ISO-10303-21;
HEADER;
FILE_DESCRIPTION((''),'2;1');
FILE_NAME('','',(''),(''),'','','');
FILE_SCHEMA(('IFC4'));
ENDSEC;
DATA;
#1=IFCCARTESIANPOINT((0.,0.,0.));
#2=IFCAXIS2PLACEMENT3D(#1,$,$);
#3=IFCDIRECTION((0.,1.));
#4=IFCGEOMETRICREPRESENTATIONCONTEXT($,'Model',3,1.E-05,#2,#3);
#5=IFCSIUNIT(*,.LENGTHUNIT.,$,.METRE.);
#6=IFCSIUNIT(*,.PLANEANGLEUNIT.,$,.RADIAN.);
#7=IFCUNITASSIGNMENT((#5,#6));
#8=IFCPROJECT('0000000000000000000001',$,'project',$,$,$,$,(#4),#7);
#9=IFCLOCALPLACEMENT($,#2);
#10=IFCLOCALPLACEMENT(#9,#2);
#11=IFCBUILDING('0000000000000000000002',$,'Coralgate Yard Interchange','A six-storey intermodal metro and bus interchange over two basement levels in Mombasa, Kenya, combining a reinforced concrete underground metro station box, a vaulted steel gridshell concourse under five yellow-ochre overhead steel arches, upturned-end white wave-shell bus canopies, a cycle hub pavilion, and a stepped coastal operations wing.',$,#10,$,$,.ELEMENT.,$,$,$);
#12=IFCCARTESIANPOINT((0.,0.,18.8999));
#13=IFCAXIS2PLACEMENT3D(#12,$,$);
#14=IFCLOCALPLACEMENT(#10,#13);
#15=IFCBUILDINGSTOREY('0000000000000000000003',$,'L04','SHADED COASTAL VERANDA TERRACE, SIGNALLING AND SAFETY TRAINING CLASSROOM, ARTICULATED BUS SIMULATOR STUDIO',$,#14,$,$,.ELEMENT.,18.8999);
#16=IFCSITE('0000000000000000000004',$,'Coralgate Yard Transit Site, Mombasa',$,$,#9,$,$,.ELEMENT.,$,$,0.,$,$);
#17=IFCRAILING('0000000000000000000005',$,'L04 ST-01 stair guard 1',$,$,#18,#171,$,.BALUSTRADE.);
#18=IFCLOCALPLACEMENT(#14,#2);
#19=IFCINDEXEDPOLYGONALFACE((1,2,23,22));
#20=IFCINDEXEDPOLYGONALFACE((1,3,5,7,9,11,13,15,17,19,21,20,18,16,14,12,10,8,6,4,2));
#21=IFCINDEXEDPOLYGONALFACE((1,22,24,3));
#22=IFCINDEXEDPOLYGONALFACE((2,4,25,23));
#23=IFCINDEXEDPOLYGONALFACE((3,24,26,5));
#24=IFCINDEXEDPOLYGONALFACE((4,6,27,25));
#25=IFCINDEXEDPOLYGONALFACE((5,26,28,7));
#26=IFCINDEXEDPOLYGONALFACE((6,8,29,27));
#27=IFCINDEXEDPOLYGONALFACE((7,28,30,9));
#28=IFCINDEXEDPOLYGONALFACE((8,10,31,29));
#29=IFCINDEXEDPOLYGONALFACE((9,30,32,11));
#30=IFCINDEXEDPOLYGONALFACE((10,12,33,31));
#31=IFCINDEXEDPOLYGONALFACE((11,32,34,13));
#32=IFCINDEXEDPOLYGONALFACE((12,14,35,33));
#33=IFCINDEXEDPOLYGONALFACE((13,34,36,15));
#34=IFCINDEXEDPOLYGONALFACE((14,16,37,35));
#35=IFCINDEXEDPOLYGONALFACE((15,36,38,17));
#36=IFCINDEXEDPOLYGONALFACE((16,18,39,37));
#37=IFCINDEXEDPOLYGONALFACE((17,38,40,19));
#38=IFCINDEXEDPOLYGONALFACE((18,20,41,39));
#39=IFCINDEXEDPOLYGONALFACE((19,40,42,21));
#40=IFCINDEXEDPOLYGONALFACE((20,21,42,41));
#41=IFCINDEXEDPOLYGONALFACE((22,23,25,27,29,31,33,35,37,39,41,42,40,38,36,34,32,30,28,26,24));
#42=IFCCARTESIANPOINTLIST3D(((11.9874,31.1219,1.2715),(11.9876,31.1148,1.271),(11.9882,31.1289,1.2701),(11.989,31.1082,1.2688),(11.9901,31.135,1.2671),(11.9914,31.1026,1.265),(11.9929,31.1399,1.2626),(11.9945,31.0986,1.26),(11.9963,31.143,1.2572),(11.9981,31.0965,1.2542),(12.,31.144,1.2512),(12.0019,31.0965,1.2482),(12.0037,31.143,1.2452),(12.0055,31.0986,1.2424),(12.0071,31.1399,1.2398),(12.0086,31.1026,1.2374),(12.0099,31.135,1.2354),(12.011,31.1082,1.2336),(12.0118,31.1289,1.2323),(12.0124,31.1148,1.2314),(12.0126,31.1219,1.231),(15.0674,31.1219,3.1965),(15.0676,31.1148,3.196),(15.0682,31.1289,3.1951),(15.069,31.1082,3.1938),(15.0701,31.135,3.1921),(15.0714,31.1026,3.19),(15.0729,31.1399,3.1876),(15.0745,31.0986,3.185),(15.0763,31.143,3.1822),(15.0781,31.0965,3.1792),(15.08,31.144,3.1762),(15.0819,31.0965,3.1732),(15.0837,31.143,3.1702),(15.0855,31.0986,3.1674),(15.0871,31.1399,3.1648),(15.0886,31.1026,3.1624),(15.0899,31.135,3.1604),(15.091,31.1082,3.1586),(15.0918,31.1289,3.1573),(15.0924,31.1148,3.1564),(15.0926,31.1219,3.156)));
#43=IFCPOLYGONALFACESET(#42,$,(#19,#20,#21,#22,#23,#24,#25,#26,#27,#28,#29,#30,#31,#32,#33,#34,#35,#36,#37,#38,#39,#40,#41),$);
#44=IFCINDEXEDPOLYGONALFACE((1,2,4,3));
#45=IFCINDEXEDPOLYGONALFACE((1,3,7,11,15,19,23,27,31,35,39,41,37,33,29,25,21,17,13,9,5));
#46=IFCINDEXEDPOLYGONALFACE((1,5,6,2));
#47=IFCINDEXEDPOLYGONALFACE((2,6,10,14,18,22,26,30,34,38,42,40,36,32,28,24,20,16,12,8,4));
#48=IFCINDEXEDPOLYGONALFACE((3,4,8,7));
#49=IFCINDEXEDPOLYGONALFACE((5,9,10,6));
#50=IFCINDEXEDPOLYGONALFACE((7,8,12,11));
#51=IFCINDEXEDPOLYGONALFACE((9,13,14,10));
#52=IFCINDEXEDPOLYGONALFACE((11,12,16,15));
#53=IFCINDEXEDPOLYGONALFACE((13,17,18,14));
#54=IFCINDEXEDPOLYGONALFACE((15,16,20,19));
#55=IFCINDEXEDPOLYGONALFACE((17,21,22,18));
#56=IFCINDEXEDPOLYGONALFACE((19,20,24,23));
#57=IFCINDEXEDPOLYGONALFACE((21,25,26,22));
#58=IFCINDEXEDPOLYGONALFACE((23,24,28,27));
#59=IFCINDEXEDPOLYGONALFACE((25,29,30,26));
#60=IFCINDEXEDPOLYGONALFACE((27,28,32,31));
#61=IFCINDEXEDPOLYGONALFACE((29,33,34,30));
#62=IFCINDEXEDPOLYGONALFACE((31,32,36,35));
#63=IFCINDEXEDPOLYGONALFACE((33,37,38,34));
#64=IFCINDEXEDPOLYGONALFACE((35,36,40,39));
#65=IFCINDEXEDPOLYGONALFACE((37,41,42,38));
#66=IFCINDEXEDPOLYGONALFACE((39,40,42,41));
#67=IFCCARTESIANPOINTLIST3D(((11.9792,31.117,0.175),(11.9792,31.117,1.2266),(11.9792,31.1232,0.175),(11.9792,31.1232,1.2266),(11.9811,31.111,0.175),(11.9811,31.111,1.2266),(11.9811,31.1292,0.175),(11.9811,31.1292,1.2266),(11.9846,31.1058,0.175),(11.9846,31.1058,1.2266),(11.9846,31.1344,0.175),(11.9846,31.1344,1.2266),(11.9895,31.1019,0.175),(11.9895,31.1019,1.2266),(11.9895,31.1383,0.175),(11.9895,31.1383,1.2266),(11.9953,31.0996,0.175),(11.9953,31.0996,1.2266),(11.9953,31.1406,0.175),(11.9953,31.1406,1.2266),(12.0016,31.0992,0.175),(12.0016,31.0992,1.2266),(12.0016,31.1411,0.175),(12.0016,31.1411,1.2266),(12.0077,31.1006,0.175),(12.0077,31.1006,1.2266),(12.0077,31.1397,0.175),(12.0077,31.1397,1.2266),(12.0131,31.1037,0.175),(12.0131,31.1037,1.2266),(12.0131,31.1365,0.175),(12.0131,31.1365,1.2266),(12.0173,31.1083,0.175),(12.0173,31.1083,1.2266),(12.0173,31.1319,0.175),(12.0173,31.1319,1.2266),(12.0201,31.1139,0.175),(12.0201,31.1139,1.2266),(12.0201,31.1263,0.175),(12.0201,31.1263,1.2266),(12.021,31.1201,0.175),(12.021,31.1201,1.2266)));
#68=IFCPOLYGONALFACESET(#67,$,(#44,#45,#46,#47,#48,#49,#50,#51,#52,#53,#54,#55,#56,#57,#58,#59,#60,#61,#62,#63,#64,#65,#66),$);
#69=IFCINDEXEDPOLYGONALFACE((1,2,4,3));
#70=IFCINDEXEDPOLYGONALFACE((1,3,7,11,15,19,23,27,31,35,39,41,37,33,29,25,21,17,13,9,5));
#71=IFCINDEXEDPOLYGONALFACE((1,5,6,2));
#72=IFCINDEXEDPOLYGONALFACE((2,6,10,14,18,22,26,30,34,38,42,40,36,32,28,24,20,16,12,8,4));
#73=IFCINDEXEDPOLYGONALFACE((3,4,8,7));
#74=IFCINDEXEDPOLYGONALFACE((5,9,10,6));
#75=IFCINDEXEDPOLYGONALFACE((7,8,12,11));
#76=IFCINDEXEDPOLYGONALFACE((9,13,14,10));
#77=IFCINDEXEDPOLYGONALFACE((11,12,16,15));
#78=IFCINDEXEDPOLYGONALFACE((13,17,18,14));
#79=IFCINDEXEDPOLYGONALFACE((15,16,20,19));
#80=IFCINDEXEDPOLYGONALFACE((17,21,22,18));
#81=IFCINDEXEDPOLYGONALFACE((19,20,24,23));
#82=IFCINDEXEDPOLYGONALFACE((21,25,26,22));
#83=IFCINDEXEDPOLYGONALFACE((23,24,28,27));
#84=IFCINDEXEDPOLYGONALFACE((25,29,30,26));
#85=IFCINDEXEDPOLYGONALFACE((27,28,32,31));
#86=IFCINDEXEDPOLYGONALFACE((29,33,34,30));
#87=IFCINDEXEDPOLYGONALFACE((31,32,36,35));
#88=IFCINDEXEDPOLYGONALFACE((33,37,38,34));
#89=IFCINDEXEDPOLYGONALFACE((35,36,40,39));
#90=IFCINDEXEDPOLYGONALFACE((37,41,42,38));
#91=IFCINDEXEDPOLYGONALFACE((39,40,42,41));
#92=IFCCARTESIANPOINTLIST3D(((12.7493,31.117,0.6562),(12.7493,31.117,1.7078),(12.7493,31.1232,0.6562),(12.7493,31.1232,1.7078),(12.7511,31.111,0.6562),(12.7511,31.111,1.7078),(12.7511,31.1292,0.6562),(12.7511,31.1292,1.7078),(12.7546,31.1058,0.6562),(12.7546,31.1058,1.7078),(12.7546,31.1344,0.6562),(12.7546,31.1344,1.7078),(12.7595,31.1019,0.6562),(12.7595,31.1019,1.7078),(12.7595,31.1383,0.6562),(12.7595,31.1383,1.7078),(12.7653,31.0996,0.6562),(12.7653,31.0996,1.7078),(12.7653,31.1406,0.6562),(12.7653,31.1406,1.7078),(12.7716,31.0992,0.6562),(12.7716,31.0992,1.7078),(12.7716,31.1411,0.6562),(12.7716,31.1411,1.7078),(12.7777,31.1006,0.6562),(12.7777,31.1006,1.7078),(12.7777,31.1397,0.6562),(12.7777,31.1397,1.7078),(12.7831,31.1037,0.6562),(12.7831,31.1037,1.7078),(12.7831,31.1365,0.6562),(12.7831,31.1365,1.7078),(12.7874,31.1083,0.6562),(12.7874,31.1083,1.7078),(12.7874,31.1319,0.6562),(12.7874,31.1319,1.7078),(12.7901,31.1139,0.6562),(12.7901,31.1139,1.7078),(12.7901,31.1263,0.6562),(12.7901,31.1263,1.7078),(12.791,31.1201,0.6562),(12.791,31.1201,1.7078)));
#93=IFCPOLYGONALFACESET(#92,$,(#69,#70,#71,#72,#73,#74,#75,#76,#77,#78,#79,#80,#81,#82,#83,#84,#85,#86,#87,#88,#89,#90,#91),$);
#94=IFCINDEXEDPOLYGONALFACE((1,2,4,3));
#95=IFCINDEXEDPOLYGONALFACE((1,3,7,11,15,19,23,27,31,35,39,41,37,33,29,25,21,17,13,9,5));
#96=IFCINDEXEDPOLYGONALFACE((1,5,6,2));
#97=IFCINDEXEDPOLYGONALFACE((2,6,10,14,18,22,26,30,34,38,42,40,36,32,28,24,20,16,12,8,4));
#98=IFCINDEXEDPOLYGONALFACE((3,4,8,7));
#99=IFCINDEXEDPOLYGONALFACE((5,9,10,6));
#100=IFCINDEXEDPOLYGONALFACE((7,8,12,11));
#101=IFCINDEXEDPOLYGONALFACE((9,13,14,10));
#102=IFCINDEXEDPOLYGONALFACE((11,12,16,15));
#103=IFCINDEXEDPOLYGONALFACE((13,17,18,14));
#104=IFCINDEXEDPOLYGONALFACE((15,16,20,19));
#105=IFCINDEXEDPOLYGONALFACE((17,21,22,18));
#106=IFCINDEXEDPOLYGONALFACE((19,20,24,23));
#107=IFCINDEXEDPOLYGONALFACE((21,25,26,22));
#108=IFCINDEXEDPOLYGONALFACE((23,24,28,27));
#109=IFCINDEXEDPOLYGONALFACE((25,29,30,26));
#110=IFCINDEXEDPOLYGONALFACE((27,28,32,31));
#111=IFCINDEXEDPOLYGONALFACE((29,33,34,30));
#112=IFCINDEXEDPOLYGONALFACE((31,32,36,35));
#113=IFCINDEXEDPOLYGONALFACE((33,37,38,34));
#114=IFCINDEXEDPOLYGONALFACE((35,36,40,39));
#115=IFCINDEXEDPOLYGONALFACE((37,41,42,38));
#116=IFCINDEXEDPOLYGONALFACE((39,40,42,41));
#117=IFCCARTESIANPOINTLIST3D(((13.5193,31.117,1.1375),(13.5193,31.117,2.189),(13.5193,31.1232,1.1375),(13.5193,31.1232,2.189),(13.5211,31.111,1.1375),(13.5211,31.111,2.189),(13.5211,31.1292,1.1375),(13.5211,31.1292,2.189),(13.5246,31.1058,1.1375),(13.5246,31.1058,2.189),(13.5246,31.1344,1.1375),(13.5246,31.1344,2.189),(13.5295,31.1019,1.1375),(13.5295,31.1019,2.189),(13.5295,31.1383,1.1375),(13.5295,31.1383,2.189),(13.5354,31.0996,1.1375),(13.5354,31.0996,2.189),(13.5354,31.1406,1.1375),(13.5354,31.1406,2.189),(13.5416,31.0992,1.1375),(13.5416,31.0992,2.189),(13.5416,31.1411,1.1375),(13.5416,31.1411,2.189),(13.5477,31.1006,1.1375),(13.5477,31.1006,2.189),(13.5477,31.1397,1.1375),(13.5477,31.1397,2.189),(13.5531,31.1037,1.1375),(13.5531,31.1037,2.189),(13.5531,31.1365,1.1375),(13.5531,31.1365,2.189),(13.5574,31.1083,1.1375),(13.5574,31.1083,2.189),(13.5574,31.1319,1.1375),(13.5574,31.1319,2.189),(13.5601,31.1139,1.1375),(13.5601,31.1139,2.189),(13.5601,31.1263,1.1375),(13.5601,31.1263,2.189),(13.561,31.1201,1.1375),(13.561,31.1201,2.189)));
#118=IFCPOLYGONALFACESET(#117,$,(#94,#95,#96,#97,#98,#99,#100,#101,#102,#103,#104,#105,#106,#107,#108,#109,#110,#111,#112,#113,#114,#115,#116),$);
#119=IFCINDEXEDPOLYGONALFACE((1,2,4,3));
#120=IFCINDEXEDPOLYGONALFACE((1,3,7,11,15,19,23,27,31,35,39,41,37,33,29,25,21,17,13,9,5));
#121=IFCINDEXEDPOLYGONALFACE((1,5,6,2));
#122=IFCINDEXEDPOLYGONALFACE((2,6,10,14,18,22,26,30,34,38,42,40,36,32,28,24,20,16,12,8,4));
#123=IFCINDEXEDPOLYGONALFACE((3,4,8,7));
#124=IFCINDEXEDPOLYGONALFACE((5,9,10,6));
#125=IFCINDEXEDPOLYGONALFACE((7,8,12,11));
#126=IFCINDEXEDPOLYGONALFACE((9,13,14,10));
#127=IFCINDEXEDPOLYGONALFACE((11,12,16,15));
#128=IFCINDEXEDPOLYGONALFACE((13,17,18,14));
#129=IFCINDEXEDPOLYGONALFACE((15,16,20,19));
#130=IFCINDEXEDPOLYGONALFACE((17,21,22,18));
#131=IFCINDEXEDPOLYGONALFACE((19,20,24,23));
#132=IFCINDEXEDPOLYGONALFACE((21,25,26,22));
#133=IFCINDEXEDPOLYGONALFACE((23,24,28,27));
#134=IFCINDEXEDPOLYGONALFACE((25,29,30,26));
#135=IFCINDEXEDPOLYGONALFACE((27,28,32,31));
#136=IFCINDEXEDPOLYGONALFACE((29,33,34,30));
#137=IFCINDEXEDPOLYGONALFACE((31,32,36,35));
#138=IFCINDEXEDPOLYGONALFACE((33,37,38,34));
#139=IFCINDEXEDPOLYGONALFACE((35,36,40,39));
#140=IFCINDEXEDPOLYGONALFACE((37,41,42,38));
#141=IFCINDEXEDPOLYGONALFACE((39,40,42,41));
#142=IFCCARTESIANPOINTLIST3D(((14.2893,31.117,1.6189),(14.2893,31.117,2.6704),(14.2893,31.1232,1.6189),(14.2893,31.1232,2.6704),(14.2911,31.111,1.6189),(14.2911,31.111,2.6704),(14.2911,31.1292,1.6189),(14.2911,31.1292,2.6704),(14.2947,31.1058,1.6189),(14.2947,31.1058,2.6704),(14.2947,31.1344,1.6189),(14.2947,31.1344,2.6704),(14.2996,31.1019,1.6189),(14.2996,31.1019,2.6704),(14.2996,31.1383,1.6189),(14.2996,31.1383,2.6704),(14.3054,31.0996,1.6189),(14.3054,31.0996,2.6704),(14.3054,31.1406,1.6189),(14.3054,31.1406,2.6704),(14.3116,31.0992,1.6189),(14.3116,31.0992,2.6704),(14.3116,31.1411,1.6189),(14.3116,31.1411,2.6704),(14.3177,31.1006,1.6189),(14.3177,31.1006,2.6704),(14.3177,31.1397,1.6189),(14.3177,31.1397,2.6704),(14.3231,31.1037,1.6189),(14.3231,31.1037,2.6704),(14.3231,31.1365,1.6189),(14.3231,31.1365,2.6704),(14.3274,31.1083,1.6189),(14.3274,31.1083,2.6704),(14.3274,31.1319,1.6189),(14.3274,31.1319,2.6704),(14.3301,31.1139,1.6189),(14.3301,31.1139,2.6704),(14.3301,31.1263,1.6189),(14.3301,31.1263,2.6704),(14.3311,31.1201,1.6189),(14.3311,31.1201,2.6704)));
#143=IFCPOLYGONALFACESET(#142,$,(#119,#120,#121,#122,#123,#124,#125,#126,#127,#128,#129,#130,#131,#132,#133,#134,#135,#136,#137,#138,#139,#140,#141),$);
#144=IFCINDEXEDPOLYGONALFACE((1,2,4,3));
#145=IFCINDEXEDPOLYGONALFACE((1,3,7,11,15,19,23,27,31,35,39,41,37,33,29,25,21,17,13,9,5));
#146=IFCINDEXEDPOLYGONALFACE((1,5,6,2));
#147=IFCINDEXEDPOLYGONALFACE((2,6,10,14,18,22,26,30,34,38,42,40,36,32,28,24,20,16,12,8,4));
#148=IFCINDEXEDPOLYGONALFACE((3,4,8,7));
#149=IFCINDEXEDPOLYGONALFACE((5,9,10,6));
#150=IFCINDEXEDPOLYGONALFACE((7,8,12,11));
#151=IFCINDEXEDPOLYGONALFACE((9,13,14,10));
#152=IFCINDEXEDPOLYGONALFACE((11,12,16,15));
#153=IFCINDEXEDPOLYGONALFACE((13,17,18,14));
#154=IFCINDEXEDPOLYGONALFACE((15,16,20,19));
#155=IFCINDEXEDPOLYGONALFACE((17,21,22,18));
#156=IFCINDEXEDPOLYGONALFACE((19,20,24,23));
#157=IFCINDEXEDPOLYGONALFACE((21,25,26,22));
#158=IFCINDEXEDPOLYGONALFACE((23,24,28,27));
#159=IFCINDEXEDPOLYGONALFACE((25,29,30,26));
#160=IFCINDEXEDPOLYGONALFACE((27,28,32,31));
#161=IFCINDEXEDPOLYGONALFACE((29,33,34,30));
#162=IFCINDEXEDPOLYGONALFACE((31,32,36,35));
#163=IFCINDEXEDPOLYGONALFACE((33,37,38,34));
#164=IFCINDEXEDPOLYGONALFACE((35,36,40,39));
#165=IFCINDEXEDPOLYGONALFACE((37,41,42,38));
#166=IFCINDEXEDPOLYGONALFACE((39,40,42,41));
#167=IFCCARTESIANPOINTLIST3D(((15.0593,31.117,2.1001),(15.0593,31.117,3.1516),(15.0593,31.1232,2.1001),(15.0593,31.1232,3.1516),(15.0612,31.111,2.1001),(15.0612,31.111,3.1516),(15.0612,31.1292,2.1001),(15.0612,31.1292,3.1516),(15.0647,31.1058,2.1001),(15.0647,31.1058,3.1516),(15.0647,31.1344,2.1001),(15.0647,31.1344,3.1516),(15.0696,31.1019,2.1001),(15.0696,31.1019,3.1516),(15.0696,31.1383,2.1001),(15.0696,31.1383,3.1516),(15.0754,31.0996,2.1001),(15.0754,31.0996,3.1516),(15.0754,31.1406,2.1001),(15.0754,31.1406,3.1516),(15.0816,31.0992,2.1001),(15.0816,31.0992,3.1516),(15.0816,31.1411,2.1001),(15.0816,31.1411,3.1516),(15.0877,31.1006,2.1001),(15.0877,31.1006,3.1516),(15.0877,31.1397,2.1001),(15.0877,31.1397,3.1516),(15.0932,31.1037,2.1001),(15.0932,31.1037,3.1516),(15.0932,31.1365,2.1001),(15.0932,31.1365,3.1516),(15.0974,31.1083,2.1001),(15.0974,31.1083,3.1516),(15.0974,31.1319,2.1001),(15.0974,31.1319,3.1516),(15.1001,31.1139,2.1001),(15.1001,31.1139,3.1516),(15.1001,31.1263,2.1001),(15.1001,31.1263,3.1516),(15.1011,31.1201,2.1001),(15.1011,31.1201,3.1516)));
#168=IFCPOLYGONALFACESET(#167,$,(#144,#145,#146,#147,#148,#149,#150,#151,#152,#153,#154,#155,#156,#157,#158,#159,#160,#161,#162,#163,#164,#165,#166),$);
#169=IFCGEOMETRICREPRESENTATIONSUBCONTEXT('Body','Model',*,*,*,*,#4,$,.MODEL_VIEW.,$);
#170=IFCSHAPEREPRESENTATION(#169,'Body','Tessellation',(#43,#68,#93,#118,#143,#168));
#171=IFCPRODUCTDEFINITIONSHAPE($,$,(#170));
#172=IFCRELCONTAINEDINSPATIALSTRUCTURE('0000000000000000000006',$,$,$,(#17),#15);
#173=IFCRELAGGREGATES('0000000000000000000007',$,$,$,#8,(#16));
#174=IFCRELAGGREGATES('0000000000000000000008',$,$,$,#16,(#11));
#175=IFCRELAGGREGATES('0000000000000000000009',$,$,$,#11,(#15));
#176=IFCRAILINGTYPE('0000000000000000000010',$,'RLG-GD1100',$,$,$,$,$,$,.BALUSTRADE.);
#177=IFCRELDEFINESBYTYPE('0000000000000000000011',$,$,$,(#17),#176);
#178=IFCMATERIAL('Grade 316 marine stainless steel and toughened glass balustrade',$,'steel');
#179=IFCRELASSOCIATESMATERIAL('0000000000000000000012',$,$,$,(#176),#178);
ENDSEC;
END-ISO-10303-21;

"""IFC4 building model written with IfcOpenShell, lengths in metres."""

from ifc_helpers import new_model, si_unit, direction, frame, origin, origin_2d, place, context, subcontext, project, spatial, circle, extrude, material, type_object, element, save


model = new_model("IFC4")

# Units and contexts
model_context = context("Model", 3, precision=1e-05, world=origin(), true_north=direction((0.0, 1.0)))
body_context = subcontext(model_context, "Body", "Model", "MODEL_VIEW")
ifc_project = project(units=[si_unit("LENGTHUNIT", "METRE"), si_unit("PLANEANGLEUNIT", "RADIAN")], contexts=[model_context])

# Site, building, storey
site_placement = place(None, origin())
site = spatial("IfcSite", under=ifc_project, at=site_placement, Name="Coralgate Yard Transit Site, Mombasa", CompositionType="ELEMENT", RefElevation=0.0)
building_placement = place(site_placement, origin())
building = spatial("IfcBuilding", under=site, at=building_placement, Name="Coralgate Yard Interchange", Description="A six-storey intermodal metro and bus interchange over two basement levels in Mombasa, Kenya, combining a reinforced concrete underground metro station box, a vaulted steel gridshell concourse under five yellow-ochre overhead steel arches, upturned-end white wave-shell bus canopies, a cycle hub pavilion, and a stepped coastal operations wing.", CompositionType="ELEMENT")
storey_placement = place(building_placement, frame((0.0, 0.0, 18.8999)))
storey = spatial("IfcBuildingStorey", under=building, at=storey_placement, Name="L04", Description="SHADED COASTAL VERANDA TERRACE, SIGNALLING AND SAFETY TRAINING CLASSROOM, ARTICULATED BUS SIMULATOR STUDIO", CompositionType="ELEMENT", Elevation=18.8999)

# Railing
ifc_material_1 = material(Name="Grade 316 marine stainless steel and toughened glass balustrade", Category="steel")
railing_type_1 = type_object("IfcRailingType", Name="RLG-GD1100", PredefinedType="BALUSTRADE", material=ifc_material_1)
railing_1_placement = place(storey_placement, frame((12.0, 31.1201, 0.175)))
element("IfcRailing", 1, at=railing_1_placement, inside=storey, type_object=railing_type_1, Name="L04 ST-01 stair guard 1", PredefinedType="BALUSTRADE", context=body_context, shape_type="SweptSolid", body=[
    extrude(circle(Radius=0.0239, at=origin_2d()), frame((0.0, 0.0, 1.0762), z_axis=(0.847998, 0.0, 0.529999), x_axis=(0.0, 1.0, 0.0)), (0.0, 0.0, 1.0), 3.6321),
    extrude(circle(Radius=0.021, at=origin_2d()), origin(), (0.0, 0.0, 1.0), 1.0515),
    extrude(circle(Radius=0.021, at=origin_2d()), frame((0.77, 0.0, 0.4812)), (0.0, 0.0, 1.0), 1.0515),
    extrude(circle(Radius=0.021, at=origin_2d()), frame((1.54, 0.0, 0.9624)), (0.0, 0.0, 1.0), 1.0515),
    extrude(circle(Radius=0.021, at=origin_2d()), frame((2.3101, 0.0, 1.4438)), (0.0, 0.0, 1.0), 1.0515),
    extrude(circle(Radius=0.021, at=origin_2d()), frame((3.0801, 0.0, 1.925)), (0.0, 0.0, 1.0), 1.0515),
])

save(model, "model.ifc")
